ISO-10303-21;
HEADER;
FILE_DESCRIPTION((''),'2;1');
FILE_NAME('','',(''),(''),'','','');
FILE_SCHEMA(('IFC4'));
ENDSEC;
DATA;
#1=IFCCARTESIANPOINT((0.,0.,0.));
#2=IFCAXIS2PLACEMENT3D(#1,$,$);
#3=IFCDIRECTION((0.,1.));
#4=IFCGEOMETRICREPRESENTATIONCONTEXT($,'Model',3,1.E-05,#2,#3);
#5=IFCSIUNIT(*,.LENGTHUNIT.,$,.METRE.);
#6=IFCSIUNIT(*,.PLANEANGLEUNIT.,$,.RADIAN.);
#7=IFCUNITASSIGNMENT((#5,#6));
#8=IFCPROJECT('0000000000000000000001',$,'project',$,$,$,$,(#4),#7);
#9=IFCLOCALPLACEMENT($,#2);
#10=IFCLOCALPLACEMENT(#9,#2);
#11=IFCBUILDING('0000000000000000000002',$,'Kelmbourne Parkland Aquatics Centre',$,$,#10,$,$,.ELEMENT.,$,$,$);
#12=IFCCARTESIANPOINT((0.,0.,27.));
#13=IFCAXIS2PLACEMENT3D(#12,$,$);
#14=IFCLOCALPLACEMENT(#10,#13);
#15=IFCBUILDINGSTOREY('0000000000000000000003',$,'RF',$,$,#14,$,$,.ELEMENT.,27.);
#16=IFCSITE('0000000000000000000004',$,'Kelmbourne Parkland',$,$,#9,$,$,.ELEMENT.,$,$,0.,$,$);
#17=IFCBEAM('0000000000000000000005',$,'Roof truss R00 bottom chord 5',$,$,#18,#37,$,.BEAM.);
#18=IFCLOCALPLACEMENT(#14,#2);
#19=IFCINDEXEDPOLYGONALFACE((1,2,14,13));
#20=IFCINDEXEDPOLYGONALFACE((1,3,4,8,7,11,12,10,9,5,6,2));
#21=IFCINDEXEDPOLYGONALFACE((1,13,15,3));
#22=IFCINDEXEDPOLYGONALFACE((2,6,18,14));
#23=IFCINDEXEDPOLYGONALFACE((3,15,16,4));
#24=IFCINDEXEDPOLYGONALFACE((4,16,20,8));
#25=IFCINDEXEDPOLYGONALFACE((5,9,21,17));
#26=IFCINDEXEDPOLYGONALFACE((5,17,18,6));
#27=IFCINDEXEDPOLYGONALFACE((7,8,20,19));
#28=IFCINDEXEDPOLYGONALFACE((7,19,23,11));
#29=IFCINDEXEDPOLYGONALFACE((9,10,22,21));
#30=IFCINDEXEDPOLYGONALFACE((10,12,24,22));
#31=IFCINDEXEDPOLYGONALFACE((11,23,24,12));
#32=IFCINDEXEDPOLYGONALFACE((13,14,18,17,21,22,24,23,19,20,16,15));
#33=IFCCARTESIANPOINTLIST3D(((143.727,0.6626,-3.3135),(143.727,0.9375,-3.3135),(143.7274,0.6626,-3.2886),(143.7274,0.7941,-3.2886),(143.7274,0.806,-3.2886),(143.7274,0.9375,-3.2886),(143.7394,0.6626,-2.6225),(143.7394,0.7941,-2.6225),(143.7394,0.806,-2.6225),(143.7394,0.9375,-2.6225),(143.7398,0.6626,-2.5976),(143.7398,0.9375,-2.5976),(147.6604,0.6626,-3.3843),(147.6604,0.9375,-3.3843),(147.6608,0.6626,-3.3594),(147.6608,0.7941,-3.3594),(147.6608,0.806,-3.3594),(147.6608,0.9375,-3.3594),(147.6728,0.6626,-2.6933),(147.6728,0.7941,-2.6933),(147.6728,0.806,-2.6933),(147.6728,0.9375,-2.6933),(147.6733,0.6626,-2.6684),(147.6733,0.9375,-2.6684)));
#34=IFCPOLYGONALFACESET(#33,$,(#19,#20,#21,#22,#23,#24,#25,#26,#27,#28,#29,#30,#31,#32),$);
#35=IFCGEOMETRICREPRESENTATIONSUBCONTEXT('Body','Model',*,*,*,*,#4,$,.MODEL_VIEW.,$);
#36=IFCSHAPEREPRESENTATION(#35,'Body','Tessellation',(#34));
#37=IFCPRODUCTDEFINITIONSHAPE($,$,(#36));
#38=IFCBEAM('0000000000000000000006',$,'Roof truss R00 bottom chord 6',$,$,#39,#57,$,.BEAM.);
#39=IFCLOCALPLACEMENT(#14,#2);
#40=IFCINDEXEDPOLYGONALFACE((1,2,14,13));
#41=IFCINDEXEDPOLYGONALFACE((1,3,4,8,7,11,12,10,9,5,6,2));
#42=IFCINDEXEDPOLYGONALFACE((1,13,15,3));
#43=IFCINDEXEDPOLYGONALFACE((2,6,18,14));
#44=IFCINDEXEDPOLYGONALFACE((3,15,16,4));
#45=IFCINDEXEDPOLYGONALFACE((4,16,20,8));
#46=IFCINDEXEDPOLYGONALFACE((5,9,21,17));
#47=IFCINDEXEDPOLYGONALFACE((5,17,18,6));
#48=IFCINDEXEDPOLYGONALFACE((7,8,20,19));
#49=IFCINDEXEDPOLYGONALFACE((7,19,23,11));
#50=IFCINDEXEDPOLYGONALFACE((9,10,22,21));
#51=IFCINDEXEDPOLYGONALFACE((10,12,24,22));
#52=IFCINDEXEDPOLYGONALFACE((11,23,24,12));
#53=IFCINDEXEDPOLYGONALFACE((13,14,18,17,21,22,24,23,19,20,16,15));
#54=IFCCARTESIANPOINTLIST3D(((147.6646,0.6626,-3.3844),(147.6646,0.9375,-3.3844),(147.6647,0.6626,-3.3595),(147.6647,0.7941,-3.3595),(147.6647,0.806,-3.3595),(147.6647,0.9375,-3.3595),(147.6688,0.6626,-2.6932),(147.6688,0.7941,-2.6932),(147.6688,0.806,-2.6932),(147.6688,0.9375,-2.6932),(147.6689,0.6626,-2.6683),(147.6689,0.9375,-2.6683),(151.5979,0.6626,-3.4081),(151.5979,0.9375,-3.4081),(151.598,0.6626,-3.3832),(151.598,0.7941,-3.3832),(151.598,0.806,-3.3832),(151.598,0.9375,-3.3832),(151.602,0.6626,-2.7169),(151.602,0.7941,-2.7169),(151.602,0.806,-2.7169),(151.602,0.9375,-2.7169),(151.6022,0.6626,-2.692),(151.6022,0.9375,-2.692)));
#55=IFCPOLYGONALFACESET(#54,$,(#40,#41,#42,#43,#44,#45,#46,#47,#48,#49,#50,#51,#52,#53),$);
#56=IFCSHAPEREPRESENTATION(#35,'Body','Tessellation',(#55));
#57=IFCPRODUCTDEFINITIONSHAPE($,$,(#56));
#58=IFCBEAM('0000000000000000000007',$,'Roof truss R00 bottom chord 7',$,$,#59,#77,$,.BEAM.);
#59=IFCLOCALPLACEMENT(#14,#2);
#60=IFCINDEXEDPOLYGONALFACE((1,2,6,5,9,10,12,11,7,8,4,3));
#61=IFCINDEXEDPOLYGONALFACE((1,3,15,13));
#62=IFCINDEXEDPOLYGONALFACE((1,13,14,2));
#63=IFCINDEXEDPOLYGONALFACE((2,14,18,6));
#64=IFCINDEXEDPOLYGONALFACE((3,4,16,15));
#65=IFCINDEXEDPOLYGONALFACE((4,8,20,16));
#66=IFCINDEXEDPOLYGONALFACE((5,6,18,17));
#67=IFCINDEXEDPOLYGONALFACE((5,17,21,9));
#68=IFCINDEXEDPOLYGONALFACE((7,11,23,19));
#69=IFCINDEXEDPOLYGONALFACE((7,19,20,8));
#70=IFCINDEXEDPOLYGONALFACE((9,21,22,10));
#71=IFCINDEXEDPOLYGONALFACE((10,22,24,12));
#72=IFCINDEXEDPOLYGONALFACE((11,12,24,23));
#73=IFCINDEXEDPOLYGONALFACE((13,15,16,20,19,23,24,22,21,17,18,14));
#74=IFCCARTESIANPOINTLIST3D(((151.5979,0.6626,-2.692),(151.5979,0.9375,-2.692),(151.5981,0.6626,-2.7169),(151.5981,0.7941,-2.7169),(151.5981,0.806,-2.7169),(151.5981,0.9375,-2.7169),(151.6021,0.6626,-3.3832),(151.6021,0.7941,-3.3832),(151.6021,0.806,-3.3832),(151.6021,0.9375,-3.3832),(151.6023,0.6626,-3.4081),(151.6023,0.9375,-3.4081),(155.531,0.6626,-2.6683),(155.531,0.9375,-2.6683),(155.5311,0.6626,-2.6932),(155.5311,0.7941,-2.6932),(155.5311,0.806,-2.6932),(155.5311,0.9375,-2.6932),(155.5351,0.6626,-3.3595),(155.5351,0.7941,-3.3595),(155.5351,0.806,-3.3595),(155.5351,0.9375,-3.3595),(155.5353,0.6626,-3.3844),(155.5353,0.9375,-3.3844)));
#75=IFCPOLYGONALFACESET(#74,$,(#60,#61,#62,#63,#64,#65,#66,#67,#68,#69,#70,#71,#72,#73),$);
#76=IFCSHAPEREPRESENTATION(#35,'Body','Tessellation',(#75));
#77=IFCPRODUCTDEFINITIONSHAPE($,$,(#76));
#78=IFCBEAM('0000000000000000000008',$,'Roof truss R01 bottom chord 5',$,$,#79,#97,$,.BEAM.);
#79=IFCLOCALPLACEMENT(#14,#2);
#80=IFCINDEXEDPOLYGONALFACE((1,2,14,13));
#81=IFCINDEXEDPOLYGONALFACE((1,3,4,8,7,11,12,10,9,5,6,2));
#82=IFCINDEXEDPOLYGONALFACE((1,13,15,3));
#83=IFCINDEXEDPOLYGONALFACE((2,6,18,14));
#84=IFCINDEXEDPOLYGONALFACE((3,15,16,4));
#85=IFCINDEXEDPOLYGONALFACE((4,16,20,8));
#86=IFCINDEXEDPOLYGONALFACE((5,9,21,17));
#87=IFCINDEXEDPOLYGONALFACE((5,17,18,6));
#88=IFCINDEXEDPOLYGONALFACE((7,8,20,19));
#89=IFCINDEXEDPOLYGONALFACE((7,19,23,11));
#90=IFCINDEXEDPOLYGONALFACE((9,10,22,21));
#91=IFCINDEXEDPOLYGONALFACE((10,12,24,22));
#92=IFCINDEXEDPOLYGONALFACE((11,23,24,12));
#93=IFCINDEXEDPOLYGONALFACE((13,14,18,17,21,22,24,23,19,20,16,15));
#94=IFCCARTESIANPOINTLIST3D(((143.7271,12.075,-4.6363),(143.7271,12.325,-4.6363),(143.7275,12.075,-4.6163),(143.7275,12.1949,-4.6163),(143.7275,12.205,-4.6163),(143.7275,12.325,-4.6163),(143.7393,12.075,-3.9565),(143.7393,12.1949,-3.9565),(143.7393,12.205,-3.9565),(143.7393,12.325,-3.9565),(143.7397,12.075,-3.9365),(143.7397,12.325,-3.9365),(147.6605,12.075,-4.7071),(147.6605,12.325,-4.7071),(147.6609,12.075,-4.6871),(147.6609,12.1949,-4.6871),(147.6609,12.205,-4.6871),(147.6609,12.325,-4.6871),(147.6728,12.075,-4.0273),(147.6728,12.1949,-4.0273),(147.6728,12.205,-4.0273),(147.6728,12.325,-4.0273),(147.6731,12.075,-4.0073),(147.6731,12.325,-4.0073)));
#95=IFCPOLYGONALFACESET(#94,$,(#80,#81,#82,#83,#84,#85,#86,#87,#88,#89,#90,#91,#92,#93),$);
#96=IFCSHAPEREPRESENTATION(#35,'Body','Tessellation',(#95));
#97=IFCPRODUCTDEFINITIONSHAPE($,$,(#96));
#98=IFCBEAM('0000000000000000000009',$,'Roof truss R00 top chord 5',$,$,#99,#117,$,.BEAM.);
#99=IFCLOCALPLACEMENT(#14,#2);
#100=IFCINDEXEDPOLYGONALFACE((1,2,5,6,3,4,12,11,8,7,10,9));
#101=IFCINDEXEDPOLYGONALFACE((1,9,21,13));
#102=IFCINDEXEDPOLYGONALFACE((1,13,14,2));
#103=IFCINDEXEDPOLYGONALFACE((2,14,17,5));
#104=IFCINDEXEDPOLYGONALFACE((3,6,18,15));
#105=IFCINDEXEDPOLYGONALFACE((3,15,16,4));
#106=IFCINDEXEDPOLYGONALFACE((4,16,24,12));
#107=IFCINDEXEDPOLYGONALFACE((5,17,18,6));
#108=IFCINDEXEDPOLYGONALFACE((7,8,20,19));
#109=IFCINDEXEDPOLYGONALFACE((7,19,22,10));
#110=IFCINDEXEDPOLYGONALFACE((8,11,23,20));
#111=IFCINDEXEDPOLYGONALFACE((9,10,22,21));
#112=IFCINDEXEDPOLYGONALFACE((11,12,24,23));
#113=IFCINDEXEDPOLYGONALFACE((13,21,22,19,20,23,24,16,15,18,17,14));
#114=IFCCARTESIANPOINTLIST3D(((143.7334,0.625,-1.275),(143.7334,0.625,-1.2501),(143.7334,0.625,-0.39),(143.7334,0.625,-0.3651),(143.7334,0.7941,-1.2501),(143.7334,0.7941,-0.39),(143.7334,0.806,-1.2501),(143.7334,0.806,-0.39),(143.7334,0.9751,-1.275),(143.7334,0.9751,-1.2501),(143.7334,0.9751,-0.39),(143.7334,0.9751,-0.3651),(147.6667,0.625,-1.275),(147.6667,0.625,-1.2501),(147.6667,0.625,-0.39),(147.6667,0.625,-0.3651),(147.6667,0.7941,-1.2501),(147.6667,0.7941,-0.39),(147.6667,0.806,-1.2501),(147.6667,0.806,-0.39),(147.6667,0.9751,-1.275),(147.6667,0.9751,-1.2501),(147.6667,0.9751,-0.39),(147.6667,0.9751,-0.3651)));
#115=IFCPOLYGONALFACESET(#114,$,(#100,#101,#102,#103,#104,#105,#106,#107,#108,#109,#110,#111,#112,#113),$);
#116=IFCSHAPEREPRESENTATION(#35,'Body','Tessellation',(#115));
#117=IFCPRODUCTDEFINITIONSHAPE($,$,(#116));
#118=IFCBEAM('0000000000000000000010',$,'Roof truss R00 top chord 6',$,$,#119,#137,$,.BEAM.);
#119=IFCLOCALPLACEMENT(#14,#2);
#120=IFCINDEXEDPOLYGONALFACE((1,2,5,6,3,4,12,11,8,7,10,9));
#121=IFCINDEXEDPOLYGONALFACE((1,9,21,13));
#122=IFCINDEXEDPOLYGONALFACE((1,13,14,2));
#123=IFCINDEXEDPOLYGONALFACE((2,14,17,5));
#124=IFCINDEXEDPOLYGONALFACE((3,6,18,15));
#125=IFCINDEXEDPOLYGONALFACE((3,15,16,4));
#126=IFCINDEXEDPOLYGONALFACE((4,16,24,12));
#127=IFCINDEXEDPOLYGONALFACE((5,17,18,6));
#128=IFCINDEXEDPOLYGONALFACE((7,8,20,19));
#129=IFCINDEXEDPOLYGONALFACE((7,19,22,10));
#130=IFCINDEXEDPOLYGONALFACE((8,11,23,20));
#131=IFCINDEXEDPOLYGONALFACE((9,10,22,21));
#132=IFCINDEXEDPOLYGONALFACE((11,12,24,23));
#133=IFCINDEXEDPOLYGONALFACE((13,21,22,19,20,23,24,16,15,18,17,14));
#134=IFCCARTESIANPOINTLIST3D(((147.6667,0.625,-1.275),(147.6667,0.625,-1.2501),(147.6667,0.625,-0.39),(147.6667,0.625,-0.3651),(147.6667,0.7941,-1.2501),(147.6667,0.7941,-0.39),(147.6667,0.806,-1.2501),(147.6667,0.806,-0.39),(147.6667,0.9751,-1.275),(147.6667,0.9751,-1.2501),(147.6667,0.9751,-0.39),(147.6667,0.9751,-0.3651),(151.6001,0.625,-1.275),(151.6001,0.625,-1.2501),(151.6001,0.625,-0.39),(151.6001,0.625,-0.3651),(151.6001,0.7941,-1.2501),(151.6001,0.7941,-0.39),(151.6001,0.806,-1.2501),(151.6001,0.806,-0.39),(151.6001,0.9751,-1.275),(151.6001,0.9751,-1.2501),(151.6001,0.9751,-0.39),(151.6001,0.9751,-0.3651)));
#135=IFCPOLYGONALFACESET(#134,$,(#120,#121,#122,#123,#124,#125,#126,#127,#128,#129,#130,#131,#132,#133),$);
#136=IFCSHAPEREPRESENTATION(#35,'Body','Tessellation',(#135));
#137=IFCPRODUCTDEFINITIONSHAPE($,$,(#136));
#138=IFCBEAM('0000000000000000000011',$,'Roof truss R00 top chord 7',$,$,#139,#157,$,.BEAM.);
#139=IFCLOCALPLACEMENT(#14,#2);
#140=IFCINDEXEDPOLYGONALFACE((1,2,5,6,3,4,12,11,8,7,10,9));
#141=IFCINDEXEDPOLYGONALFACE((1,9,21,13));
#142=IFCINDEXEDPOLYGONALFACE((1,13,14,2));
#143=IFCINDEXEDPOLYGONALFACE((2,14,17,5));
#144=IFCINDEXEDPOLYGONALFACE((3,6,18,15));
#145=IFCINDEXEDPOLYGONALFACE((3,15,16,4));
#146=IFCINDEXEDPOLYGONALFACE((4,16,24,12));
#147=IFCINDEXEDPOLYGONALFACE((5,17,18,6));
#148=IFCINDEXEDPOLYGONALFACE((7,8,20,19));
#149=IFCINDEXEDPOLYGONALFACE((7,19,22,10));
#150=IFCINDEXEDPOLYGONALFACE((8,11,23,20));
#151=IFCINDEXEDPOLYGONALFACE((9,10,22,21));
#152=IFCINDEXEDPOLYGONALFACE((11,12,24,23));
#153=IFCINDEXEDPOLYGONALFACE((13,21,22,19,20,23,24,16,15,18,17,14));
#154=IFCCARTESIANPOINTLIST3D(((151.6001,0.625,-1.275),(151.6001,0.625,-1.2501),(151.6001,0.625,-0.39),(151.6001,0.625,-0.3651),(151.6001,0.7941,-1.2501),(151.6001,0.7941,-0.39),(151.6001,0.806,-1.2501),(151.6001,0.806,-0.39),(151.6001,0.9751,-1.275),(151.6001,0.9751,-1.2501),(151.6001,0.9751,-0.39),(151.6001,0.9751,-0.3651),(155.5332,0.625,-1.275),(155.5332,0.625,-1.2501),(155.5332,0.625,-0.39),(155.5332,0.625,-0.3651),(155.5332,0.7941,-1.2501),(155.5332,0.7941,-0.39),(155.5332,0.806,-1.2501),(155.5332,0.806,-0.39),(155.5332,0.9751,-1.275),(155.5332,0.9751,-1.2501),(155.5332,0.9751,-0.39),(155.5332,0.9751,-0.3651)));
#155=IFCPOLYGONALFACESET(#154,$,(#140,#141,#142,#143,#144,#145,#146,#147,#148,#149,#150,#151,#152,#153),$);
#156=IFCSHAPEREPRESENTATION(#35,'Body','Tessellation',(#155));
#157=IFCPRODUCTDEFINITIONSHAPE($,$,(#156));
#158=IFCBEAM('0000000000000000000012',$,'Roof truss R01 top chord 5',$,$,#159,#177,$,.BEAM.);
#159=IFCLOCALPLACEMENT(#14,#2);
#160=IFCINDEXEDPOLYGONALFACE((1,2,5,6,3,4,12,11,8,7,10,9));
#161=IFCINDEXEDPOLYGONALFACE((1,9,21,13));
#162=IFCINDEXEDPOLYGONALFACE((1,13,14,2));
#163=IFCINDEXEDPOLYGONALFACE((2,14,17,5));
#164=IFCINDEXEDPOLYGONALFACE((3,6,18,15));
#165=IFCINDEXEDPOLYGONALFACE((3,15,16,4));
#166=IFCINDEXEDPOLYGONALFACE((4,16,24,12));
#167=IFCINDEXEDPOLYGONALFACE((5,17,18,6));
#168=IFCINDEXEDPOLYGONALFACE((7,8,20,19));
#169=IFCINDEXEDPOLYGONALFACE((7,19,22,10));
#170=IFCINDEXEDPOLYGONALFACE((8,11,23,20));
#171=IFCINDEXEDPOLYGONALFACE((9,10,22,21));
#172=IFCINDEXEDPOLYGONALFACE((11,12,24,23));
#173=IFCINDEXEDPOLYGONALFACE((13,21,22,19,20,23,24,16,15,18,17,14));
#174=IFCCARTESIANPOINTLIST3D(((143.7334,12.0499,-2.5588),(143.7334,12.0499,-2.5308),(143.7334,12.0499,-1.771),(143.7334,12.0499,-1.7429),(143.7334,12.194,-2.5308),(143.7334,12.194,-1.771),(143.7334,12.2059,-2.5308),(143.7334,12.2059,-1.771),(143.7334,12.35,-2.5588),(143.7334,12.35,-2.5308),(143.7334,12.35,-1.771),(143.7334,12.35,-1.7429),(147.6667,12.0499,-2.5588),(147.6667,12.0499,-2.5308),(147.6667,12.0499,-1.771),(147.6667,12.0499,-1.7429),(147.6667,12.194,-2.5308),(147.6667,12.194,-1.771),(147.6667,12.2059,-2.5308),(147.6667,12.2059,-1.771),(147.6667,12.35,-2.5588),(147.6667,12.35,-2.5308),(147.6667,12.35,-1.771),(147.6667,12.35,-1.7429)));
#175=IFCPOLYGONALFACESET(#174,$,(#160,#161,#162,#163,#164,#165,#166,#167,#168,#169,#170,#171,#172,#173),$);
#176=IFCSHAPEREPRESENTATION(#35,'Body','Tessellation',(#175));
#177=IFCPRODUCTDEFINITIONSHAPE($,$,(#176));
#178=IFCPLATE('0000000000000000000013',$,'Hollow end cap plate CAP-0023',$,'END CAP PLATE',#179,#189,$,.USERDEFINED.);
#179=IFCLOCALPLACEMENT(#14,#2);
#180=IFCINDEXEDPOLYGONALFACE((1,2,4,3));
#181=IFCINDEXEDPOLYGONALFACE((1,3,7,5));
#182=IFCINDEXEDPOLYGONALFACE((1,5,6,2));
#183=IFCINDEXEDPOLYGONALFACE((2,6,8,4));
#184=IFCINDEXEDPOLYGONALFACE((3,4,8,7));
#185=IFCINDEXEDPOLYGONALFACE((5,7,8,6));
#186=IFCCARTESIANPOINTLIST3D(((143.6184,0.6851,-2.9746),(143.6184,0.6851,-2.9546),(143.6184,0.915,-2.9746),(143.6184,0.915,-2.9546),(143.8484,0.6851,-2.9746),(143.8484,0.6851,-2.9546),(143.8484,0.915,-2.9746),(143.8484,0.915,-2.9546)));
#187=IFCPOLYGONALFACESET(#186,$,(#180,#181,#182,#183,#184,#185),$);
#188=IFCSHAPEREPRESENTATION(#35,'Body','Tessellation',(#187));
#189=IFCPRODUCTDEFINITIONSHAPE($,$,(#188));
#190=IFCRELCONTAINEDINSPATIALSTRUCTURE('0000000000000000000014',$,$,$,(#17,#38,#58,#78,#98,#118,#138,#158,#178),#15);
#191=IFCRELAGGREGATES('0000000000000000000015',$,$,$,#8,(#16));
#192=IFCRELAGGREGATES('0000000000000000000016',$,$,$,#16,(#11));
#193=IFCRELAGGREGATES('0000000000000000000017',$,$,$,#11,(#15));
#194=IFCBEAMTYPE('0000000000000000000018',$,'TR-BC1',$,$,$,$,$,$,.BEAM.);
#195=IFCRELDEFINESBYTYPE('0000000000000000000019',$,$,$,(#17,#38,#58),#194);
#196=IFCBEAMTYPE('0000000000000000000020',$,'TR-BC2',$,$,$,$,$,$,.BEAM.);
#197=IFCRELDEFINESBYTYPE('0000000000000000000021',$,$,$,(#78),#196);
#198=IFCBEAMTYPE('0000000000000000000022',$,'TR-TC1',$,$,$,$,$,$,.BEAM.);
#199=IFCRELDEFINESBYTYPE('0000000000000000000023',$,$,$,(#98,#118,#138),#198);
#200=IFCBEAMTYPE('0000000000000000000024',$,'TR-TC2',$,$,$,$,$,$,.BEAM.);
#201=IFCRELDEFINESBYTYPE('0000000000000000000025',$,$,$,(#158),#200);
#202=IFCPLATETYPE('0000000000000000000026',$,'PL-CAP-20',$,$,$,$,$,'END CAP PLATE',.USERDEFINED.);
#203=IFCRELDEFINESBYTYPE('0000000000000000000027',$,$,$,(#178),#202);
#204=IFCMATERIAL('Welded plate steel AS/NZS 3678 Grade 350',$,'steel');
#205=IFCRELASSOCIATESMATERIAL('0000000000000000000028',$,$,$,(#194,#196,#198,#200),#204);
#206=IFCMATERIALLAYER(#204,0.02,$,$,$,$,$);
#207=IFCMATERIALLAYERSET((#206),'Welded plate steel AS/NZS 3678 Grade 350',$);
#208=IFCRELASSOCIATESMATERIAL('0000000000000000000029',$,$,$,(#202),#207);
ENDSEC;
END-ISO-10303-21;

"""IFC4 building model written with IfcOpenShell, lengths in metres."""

from ifc_helpers import new_model, si_unit, direction, frame, origin, origin_2d, place, context, subcontext, project, spatial, rectangle, i_section, extrude, material, layer, layer_set, material_profile, profile_set, type_object, element, save


model = new_model("IFC4")

# Units and contexts
model_context = context("Model", 3, precision=1e-05, world=origin(), true_north=direction((0.0, 1.0)))
body_context = subcontext(model_context, "Body", "Model", "MODEL_VIEW")
ifc_project = project(units=[si_unit("LENGTHUNIT", "METRE"), si_unit("PLANEANGLEUNIT", "RADIAN")], contexts=[model_context])

# Site, building, storey
site_placement = place(None, origin())
site = spatial("IfcSite", under=ifc_project, at=site_placement, Name="Kelmbourne Parkland", CompositionType="ELEMENT", RefElevation=0.0)
building_placement = place(site_placement, origin())
building = spatial("IfcBuilding", under=site, at=building_placement, Name="Kelmbourne Parkland Aquatics Centre", CompositionType="ELEMENT")
storey_placement = place(building_placement, frame((0.0, 0.0, 27.0)))
storey = spatial("IfcBuildingStorey", under=building, at=storey_placement, Name="RF", CompositionType="ELEMENT", Elevation=27.0)

# Beams
ifc_material_1 = material(Name="Welded plate steel AS/NZS 3678 Grade 350", Category="steel")
ifc_material_profile_1 = material_profile(ifc_material_1, i_section(OverallWidth=0.2749, OverallDepth=0.7161, WebThickness=0.012, FlangeThickness=0.0249, at=origin_2d()), Name="700WB173")
ifc_profile_set_1 = profile_set([ifc_material_profile_1], Name="Welded plate steel AS/NZS 3678 Grade 350")
beam_type_1 = type_object("IfcBeamType", Name="TR-BC1", PredefinedType="BEAM", material=ifc_profile_set_1)
beam_1_placement = place(storey_placement, frame((143.7334, 0.8, -2.9556), z_axis=(0.999838, 0.0, -0.017997), x_axis=(0.0, 1.0, 0.0)))
element("IfcBeam", 1, at=beam_1_placement, inside=storey, type_object=beam_type_1, Name="Roof truss R00 bottom chord 5", PredefinedType="BEAM", context=body_context, shape_type="SweptSolid", body=[
    extrude(i_section(OverallWidth=0.2749, OverallDepth=0.7161, WebThickness=0.012, FlangeThickness=0.0249, at=origin_2d()), origin(), (0.0, 0.0, 1.0), 3.9341),
])
beam_2_placement = place(storey_placement, frame((147.6667, 0.8, -3.0264), z_axis=(0.999982, 0.0, -0.006021), x_axis=(0.0, 1.0, 0.0)))
element("IfcBeam", 2, at=beam_2_placement, inside=storey, type_object=beam_type_1, Name="Roof truss R00 bottom chord 6", PredefinedType="BEAM", context=body_context, shape_type="SweptSolid", body=[
    extrude(i_section(OverallWidth=0.2749, OverallDepth=0.7161, WebThickness=0.012, FlangeThickness=0.0249, at=origin_2d()), origin(), (0.0, 0.0, 1.0), 3.9333),
])
beam_3_placement = place(storey_placement, frame((151.6001, 0.8, -3.05), z_axis=(0.999982, 0.0, 0.006021), x_axis=(0.0, 1.0, 0.0)))
element("IfcBeam", 3, at=beam_3_placement, inside=storey, type_object=beam_type_1, Name="Roof truss R00 bottom chord 7", PredefinedType="BEAM", context=body_context, shape_type="SweptSolid", body=[
    extrude(i_section(OverallWidth=0.2749, OverallDepth=0.7161, WebThickness=0.012, FlangeThickness=0.0249, at=origin_2d()), origin(), (0.0, 0.0, 1.0), 3.9331),
])
ifc_material_profile_2 = material_profile(ifc_material_1, i_section(OverallWidth=0.25, OverallDepth=0.7, WebThickness=0.01, FlangeThickness=0.02, at=origin_2d()), Name="700WB130")
ifc_profile_set_2 = profile_set([ifc_material_profile_2], Name="Welded plate steel AS/NZS 3678 Grade 350")
beam_type_2 = type_object("IfcBeamType", Name="TR-BC2", PredefinedType="BEAM", material=ifc_profile_set_2)
beam_4_placement = place(storey_placement, frame((143.7334, 12.2, -4.2864), z_axis=(0.999838, 0.0, -0.017997), x_axis=(0.0, 1.0, 0.0)))
element("IfcBeam", 4, at=beam_4_placement, inside=storey, type_object=beam_type_2, Name="Roof truss R01 bottom chord 5", PredefinedType="BEAM", context=body_context, shape_type="SweptSolid", body=[
    extrude(i_section(OverallWidth=0.25, OverallDepth=0.7, WebThickness=0.01, FlangeThickness=0.02, at=origin_2d()), origin(), (0.0, 0.0, 1.0), 3.9341),
])
ifc_material_profile_3 = material_profile(ifc_material_1, i_section(OverallWidth=0.3501, OverallDepth=0.9099, WebThickness=0.012, FlangeThickness=0.0249, at=origin_2d()), Name="900WB218")
ifc_profile_set_3 = profile_set([ifc_material_profile_3], Name="Welded plate steel AS/NZS 3678 Grade 350")
beam_type_3 = type_object("IfcBeamType", Name="TR-TC1", PredefinedType="BEAM", material=ifc_profile_set_3)
for number, where, z_axis, x_axis, name in (
    (5, (143.7334, 0.8, -0.8201), (1.0, 0.0, 0.0), (0.0, 1.0, 0.0), "Roof truss R00 top chord 5"),
    (6, (147.6667, 0.8, -0.8201), (1.0, 0.0, 0.0), (0.0, 1.0, 0.0), "Roof truss R00 top chord 6"),
):
    element("IfcBeam", number, at=place(storey_placement, frame(where, z_axis=z_axis, x_axis=x_axis)), inside=storey, type_object=beam_type_3, Name=name, PredefinedType="BEAM", context=body_context, shape_type="SweptSolid", body=[
        extrude(i_section(OverallWidth=0.3501, OverallDepth=0.9099, WebThickness=0.012, FlangeThickness=0.0249, at=origin_2d()), origin(), (0.0, 0.0, 1.0), 3.9333),
    ])
beam_5_placement = place(storey_placement, frame((151.6001, 0.8, -0.8201), z_axis=(1.0, 0.0, 0.0), x_axis=(0.0, 1.0, 0.0)))
element("IfcBeam", 7, at=beam_5_placement, inside=storey, type_object=beam_type_3, Name="Roof truss R00 top chord 7", PredefinedType="BEAM", context=body_context, shape_type="SweptSolid", body=[
    extrude(i_section(OverallWidth=0.3501, OverallDepth=0.9099, WebThickness=0.012, FlangeThickness=0.0249, at=origin_2d()), origin(), (0.0, 0.0, 1.0), 3.9331),
])
ifc_material_profile_4 = material_profile(ifc_material_1, i_section(OverallWidth=0.3, OverallDepth=0.8159, WebThickness=0.012, FlangeThickness=0.0281, at=origin_2d()), Name="800WB192")
ifc_profile_set_4 = profile_set([ifc_material_profile_4], Name="Welded plate steel AS/NZS 3678 Grade 350")
beam_type_4 = type_object("IfcBeamType", Name="TR-TC2", PredefinedType="BEAM", material=ifc_profile_set_4)
beam_6_placement = place(storey_placement, frame((143.7334, 12.2, -2.1509), z_axis=(1.0, 0.0, 0.0), x_axis=(0.0, 1.0, 0.0)))
element("IfcBeam", 8, at=beam_6_placement, inside=storey, type_object=beam_type_4, Name="Roof truss R01 top chord 5", PredefinedType="BEAM", context=body_context, shape_type="SweptSolid", body=[
    extrude(i_section(OverallWidth=0.3, OverallDepth=0.8159, WebThickness=0.012, FlangeThickness=0.0281, at=origin_2d()), origin(), (0.0, 0.0, 1.0), 3.9333),
])

# Plate
ifc_layer_1 = layer(ifc_material_1, 0.02)
ifc_layer_set_1 = layer_set([ifc_layer_1], Name="Welded plate steel AS/NZS 3678 Grade 350")
plate_type_1 = type_object("IfcPlateType", Name="PL-CAP-20", ElementType="END CAP PLATE", PredefinedType="USERDEFINED", material=ifc_layer_set_1)
for number, where, z_axis, x_axis, name in (
    (9, (143.7334, 0.8, -2.9746), (0.0, 0.0, 1.0), (1.0, 0.0, 0.0), "Hollow end cap plate CAP-0023"),
):
    element("IfcPlate", number, at=place(storey_placement, frame(where, z_axis=z_axis, x_axis=x_axis)), inside=storey, type_object=plate_type_1, Name=name, ObjectType="END CAP PLATE", PredefinedType="USERDEFINED", context=body_context, shape_type="SweptSolid", body=[
        extrude(rectangle(XDim=0.23, YDim=0.23, at=origin_2d()), origin(), (0.0, 0.0, 1.0), 0.02),
    ])

save(model, "model.ifc")
